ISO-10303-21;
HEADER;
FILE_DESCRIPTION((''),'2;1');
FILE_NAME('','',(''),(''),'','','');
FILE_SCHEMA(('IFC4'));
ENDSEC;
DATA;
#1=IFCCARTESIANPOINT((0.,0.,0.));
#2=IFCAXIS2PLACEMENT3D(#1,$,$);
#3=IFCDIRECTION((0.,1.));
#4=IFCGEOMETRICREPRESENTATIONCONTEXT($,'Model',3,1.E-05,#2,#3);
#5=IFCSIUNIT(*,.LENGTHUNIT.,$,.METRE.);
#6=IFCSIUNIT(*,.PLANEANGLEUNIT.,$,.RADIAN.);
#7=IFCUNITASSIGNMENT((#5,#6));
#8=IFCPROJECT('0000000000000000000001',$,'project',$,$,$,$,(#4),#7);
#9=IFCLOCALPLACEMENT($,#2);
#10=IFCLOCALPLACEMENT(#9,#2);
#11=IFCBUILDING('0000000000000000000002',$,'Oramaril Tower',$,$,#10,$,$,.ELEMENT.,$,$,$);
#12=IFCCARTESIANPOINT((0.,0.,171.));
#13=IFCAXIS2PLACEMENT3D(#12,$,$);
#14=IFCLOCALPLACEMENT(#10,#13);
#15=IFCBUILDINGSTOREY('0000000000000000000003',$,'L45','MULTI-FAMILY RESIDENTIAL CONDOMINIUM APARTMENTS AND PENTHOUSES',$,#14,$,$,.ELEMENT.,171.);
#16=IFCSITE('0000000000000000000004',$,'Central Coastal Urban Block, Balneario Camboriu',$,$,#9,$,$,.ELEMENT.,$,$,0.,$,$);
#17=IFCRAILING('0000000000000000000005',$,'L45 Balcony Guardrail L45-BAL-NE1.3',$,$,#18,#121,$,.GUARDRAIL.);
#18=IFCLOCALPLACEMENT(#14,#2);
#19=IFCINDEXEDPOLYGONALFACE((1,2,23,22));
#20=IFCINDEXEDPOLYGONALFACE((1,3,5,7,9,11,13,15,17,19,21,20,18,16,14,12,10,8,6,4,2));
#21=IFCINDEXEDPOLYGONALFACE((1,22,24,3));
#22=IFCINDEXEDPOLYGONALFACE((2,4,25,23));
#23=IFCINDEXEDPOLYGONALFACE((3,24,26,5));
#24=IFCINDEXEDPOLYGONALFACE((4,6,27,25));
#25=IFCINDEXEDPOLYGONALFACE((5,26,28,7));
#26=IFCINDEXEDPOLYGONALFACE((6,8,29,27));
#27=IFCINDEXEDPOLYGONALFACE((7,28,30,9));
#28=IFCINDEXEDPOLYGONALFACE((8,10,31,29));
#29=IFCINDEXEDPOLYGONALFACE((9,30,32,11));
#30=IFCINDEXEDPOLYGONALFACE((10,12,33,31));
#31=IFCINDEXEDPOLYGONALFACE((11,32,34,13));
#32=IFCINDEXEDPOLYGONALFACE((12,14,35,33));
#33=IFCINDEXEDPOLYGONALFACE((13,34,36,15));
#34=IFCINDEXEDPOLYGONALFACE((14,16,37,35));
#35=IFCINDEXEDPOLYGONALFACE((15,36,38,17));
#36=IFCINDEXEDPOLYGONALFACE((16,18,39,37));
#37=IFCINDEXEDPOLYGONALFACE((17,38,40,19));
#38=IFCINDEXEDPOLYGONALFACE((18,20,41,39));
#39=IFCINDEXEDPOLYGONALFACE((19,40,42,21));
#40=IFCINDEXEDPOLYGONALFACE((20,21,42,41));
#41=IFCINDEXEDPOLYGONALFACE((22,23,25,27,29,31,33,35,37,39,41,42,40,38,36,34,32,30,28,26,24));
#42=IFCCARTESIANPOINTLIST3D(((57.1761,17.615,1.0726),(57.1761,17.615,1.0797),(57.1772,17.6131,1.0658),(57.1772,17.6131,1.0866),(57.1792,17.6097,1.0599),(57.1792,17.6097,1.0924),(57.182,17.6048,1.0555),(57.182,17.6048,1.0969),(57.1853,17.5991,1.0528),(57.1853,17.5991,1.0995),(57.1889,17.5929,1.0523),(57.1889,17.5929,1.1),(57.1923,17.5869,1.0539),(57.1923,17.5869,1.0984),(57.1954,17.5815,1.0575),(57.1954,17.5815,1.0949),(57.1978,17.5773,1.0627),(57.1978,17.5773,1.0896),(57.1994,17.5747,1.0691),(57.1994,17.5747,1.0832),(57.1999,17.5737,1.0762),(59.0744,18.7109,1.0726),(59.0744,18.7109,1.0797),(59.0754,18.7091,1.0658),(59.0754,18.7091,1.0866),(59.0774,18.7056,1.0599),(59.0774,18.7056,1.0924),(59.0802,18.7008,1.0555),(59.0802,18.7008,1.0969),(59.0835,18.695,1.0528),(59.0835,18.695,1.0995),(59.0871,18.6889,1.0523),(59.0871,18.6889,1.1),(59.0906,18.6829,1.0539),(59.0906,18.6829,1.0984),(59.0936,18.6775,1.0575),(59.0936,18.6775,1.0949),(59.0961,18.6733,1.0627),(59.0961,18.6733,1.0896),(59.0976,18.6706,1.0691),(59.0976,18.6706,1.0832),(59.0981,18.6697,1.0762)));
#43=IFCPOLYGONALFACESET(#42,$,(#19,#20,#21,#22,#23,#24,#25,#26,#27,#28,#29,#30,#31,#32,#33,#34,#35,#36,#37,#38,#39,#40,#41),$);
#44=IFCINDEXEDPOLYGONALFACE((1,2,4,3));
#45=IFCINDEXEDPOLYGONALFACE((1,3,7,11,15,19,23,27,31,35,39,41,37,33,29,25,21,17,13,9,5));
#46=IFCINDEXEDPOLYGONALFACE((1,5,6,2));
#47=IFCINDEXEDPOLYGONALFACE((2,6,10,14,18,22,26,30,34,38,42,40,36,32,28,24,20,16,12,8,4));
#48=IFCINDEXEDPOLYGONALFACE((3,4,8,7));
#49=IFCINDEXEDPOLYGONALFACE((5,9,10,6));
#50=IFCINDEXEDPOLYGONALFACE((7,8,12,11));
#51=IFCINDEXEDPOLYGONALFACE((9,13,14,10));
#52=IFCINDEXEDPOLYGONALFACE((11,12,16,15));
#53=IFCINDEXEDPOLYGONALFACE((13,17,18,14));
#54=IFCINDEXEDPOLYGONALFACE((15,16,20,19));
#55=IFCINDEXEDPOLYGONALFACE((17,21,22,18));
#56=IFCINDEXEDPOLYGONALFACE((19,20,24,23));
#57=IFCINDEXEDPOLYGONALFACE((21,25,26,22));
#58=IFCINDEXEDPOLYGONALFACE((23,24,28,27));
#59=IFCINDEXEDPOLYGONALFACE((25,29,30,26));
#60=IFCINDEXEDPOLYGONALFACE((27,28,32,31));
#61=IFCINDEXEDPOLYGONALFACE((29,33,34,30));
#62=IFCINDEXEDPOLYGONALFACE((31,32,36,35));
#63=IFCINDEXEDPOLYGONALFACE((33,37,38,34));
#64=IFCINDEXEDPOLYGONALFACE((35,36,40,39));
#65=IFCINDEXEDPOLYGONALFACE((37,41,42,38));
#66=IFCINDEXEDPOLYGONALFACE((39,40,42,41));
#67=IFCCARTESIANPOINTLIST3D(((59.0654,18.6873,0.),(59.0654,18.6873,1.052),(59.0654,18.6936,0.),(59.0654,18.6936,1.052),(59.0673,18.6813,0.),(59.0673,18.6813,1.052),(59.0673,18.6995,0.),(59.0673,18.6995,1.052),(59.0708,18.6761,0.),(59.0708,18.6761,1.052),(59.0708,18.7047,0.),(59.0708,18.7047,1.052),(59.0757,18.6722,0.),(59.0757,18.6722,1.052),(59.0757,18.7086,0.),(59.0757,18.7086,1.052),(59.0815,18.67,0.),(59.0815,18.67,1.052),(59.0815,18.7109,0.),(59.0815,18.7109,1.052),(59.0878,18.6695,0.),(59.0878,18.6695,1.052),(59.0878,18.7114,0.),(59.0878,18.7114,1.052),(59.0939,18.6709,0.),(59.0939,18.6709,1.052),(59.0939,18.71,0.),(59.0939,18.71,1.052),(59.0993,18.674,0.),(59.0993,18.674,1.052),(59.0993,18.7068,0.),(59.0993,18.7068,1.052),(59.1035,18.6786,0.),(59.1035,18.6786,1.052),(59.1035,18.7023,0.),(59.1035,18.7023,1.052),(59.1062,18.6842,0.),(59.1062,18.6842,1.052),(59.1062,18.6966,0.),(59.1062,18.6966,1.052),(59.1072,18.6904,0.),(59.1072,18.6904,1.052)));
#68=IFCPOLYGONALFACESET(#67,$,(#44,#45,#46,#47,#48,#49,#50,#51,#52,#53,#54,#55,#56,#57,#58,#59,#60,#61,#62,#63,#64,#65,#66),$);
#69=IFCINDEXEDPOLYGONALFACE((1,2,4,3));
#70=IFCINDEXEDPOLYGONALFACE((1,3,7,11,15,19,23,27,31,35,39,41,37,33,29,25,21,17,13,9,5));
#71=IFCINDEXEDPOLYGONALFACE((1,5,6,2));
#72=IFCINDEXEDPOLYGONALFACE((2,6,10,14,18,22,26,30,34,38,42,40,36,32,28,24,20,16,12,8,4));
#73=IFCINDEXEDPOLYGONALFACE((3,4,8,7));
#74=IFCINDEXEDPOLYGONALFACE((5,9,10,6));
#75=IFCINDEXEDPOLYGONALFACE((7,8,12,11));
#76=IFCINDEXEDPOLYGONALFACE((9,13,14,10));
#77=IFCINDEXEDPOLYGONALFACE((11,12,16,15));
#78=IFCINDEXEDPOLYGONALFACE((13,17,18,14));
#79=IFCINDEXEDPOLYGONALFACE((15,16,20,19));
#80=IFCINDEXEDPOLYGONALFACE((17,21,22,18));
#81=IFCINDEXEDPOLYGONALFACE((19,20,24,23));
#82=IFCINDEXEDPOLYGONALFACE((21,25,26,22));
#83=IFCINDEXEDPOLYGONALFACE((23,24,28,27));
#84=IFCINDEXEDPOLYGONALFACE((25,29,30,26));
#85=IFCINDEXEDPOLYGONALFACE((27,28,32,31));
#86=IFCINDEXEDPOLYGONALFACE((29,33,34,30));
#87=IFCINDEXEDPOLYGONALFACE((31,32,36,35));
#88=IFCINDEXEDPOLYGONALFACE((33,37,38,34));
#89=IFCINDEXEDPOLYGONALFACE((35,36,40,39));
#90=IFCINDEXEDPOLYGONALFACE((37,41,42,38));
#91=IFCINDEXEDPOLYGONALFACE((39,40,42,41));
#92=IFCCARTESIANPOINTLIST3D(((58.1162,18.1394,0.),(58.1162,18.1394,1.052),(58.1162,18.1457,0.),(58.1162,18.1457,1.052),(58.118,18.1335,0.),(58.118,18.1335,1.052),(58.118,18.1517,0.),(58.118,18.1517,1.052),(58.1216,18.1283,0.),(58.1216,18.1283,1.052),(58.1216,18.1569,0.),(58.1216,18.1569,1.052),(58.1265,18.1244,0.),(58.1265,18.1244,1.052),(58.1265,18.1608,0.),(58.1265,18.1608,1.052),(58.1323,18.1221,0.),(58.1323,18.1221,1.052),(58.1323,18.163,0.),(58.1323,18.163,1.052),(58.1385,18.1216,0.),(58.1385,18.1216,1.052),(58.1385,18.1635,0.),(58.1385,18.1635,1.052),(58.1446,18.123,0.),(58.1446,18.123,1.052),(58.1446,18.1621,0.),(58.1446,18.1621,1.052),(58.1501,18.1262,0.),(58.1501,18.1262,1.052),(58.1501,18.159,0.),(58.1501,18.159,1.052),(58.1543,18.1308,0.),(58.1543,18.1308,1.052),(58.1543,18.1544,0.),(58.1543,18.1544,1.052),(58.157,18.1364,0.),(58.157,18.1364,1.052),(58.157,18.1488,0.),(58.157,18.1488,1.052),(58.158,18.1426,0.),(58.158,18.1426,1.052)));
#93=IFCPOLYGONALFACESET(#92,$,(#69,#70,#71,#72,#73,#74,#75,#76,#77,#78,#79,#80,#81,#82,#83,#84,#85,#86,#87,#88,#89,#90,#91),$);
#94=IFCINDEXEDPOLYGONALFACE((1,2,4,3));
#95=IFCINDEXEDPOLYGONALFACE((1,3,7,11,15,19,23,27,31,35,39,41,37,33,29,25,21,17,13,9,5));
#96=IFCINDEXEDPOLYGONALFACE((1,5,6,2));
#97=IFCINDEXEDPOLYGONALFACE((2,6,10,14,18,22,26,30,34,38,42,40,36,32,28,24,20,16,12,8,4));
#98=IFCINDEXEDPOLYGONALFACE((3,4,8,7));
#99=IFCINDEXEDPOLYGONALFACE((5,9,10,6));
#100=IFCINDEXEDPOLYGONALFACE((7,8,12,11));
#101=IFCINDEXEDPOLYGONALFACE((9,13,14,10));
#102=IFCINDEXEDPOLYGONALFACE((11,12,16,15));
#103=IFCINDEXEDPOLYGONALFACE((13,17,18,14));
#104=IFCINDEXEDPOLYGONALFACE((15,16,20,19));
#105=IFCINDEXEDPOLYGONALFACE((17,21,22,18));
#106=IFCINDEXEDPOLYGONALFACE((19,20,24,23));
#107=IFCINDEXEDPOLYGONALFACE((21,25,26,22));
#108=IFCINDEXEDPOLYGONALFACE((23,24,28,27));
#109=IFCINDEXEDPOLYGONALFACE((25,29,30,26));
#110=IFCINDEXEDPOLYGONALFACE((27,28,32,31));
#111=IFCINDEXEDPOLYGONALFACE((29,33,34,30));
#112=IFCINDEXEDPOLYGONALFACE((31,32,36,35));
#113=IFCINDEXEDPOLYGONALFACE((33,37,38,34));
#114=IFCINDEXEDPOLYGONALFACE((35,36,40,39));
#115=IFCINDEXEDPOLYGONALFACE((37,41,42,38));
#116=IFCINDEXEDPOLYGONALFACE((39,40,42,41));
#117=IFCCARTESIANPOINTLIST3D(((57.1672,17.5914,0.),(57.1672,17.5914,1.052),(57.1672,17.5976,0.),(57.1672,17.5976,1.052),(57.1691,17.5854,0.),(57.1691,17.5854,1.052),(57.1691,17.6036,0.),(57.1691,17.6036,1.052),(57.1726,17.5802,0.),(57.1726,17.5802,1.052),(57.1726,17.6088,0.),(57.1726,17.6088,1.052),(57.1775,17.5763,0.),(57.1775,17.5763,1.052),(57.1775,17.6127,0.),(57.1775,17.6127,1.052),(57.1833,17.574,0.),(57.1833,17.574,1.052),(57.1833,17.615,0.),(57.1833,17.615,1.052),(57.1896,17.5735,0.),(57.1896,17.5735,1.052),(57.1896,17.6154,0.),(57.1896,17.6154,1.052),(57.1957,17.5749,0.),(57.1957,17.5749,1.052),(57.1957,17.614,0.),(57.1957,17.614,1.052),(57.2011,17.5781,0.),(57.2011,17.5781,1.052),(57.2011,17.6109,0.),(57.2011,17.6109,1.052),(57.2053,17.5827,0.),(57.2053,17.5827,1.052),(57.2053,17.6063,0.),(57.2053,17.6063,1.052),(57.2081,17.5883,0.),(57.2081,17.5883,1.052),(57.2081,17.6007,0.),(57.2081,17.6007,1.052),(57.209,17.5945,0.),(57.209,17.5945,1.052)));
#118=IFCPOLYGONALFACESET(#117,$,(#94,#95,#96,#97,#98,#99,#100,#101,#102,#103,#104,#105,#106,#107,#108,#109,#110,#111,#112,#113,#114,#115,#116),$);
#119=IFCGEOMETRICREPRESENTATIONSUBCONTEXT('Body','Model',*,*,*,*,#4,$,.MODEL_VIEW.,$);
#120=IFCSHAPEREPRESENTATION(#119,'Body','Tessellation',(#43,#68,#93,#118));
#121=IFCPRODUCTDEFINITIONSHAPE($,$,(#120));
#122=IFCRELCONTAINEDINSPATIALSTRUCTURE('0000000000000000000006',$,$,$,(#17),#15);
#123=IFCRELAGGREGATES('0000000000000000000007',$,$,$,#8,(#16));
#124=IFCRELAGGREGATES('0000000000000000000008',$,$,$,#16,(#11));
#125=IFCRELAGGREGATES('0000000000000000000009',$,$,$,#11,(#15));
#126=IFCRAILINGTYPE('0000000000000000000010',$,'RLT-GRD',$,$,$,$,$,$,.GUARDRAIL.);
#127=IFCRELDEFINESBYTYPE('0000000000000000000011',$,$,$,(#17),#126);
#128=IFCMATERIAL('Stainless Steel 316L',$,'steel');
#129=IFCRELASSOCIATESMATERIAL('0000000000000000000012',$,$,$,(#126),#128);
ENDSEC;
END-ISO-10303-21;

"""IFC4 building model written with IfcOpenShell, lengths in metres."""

from ifc_helpers import new_model, si_unit, direction, frame, origin, origin_2d, place, context, subcontext, project, spatial, circle, extrude, material, type_object, element, save


model = new_model("IFC4")

# Units and contexts
model_context = context("Model", 3, precision=1e-05, world=origin(), true_north=direction((0.0, 1.0)))
body_context = subcontext(model_context, "Body", "Model", "MODEL_VIEW")
ifc_project = project(units=[si_unit("LENGTHUNIT", "METRE"), si_unit("PLANEANGLEUNIT", "RADIAN")], contexts=[model_context])

# Site, building, storey
site_placement = place(None, origin())
site = spatial("IfcSite", under=ifc_project, at=site_placement, Name="Central Coastal Urban Block, Balneario Camboriu", CompositionType="ELEMENT", RefElevation=0.0)
building_placement = place(site_placement, origin())
building = spatial("IfcBuilding", under=site, at=building_placement, Name="Oramaril Tower", CompositionType="ELEMENT")
storey_placement = place(building_placement, frame((0.0, 0.0, 171.0)))
storey = spatial("IfcBuildingStorey", under=building, at=storey_placement, Name="L45", Description="MULTI-FAMILY RESIDENTIAL CONDOMINIUM APARTMENTS AND PENTHOUSES", CompositionType="ELEMENT", Elevation=171.0)

# Railing
ifc_material_1 = material(Name="Stainless Steel 316L", Category="steel")
railing_type = type_object("IfcRailingType", Name="RLT-GRD", PredefinedType="GUARDRAIL", material=ifc_material_1)
railing_1_placement = place(storey_placement, frame((59.0862, 18.6904, 0.0)))
element("IfcRailing", 1, at=railing_1_placement, inside=storey, type_object=railing_type, Name="L45 Balcony Guardrail L45-BAL-NE1.3", PredefinedType="GUARDRAIL", context=body_context, shape_type="SweptSolid", body=[
    extrude(circle(Radius=0.0239, at=origin_2d()), frame((0.0, 0.0, 1.0762), z_axis=(-0.866021, -0.500008, 0.0), x_axis=(0.500008, -0.866021, 0.0)), (0.0, 0.0, 1.0), 2.1919),
    extrude(circle(Radius=0.021, at=origin_2d()), origin(), (0.0, 0.0, 1.0), 1.052),
    extrude(circle(Radius=0.021, at=origin_2d()), frame((-0.9492, -0.5479, 0.0)), (0.0, 0.0, 1.0), 1.052),
    extrude(circle(Radius=0.021, at=origin_2d()), frame((-1.8982, -1.0959, 0.0)), (0.0, 0.0, 1.0), 1.052),
])

save(model, "model.ifc")
